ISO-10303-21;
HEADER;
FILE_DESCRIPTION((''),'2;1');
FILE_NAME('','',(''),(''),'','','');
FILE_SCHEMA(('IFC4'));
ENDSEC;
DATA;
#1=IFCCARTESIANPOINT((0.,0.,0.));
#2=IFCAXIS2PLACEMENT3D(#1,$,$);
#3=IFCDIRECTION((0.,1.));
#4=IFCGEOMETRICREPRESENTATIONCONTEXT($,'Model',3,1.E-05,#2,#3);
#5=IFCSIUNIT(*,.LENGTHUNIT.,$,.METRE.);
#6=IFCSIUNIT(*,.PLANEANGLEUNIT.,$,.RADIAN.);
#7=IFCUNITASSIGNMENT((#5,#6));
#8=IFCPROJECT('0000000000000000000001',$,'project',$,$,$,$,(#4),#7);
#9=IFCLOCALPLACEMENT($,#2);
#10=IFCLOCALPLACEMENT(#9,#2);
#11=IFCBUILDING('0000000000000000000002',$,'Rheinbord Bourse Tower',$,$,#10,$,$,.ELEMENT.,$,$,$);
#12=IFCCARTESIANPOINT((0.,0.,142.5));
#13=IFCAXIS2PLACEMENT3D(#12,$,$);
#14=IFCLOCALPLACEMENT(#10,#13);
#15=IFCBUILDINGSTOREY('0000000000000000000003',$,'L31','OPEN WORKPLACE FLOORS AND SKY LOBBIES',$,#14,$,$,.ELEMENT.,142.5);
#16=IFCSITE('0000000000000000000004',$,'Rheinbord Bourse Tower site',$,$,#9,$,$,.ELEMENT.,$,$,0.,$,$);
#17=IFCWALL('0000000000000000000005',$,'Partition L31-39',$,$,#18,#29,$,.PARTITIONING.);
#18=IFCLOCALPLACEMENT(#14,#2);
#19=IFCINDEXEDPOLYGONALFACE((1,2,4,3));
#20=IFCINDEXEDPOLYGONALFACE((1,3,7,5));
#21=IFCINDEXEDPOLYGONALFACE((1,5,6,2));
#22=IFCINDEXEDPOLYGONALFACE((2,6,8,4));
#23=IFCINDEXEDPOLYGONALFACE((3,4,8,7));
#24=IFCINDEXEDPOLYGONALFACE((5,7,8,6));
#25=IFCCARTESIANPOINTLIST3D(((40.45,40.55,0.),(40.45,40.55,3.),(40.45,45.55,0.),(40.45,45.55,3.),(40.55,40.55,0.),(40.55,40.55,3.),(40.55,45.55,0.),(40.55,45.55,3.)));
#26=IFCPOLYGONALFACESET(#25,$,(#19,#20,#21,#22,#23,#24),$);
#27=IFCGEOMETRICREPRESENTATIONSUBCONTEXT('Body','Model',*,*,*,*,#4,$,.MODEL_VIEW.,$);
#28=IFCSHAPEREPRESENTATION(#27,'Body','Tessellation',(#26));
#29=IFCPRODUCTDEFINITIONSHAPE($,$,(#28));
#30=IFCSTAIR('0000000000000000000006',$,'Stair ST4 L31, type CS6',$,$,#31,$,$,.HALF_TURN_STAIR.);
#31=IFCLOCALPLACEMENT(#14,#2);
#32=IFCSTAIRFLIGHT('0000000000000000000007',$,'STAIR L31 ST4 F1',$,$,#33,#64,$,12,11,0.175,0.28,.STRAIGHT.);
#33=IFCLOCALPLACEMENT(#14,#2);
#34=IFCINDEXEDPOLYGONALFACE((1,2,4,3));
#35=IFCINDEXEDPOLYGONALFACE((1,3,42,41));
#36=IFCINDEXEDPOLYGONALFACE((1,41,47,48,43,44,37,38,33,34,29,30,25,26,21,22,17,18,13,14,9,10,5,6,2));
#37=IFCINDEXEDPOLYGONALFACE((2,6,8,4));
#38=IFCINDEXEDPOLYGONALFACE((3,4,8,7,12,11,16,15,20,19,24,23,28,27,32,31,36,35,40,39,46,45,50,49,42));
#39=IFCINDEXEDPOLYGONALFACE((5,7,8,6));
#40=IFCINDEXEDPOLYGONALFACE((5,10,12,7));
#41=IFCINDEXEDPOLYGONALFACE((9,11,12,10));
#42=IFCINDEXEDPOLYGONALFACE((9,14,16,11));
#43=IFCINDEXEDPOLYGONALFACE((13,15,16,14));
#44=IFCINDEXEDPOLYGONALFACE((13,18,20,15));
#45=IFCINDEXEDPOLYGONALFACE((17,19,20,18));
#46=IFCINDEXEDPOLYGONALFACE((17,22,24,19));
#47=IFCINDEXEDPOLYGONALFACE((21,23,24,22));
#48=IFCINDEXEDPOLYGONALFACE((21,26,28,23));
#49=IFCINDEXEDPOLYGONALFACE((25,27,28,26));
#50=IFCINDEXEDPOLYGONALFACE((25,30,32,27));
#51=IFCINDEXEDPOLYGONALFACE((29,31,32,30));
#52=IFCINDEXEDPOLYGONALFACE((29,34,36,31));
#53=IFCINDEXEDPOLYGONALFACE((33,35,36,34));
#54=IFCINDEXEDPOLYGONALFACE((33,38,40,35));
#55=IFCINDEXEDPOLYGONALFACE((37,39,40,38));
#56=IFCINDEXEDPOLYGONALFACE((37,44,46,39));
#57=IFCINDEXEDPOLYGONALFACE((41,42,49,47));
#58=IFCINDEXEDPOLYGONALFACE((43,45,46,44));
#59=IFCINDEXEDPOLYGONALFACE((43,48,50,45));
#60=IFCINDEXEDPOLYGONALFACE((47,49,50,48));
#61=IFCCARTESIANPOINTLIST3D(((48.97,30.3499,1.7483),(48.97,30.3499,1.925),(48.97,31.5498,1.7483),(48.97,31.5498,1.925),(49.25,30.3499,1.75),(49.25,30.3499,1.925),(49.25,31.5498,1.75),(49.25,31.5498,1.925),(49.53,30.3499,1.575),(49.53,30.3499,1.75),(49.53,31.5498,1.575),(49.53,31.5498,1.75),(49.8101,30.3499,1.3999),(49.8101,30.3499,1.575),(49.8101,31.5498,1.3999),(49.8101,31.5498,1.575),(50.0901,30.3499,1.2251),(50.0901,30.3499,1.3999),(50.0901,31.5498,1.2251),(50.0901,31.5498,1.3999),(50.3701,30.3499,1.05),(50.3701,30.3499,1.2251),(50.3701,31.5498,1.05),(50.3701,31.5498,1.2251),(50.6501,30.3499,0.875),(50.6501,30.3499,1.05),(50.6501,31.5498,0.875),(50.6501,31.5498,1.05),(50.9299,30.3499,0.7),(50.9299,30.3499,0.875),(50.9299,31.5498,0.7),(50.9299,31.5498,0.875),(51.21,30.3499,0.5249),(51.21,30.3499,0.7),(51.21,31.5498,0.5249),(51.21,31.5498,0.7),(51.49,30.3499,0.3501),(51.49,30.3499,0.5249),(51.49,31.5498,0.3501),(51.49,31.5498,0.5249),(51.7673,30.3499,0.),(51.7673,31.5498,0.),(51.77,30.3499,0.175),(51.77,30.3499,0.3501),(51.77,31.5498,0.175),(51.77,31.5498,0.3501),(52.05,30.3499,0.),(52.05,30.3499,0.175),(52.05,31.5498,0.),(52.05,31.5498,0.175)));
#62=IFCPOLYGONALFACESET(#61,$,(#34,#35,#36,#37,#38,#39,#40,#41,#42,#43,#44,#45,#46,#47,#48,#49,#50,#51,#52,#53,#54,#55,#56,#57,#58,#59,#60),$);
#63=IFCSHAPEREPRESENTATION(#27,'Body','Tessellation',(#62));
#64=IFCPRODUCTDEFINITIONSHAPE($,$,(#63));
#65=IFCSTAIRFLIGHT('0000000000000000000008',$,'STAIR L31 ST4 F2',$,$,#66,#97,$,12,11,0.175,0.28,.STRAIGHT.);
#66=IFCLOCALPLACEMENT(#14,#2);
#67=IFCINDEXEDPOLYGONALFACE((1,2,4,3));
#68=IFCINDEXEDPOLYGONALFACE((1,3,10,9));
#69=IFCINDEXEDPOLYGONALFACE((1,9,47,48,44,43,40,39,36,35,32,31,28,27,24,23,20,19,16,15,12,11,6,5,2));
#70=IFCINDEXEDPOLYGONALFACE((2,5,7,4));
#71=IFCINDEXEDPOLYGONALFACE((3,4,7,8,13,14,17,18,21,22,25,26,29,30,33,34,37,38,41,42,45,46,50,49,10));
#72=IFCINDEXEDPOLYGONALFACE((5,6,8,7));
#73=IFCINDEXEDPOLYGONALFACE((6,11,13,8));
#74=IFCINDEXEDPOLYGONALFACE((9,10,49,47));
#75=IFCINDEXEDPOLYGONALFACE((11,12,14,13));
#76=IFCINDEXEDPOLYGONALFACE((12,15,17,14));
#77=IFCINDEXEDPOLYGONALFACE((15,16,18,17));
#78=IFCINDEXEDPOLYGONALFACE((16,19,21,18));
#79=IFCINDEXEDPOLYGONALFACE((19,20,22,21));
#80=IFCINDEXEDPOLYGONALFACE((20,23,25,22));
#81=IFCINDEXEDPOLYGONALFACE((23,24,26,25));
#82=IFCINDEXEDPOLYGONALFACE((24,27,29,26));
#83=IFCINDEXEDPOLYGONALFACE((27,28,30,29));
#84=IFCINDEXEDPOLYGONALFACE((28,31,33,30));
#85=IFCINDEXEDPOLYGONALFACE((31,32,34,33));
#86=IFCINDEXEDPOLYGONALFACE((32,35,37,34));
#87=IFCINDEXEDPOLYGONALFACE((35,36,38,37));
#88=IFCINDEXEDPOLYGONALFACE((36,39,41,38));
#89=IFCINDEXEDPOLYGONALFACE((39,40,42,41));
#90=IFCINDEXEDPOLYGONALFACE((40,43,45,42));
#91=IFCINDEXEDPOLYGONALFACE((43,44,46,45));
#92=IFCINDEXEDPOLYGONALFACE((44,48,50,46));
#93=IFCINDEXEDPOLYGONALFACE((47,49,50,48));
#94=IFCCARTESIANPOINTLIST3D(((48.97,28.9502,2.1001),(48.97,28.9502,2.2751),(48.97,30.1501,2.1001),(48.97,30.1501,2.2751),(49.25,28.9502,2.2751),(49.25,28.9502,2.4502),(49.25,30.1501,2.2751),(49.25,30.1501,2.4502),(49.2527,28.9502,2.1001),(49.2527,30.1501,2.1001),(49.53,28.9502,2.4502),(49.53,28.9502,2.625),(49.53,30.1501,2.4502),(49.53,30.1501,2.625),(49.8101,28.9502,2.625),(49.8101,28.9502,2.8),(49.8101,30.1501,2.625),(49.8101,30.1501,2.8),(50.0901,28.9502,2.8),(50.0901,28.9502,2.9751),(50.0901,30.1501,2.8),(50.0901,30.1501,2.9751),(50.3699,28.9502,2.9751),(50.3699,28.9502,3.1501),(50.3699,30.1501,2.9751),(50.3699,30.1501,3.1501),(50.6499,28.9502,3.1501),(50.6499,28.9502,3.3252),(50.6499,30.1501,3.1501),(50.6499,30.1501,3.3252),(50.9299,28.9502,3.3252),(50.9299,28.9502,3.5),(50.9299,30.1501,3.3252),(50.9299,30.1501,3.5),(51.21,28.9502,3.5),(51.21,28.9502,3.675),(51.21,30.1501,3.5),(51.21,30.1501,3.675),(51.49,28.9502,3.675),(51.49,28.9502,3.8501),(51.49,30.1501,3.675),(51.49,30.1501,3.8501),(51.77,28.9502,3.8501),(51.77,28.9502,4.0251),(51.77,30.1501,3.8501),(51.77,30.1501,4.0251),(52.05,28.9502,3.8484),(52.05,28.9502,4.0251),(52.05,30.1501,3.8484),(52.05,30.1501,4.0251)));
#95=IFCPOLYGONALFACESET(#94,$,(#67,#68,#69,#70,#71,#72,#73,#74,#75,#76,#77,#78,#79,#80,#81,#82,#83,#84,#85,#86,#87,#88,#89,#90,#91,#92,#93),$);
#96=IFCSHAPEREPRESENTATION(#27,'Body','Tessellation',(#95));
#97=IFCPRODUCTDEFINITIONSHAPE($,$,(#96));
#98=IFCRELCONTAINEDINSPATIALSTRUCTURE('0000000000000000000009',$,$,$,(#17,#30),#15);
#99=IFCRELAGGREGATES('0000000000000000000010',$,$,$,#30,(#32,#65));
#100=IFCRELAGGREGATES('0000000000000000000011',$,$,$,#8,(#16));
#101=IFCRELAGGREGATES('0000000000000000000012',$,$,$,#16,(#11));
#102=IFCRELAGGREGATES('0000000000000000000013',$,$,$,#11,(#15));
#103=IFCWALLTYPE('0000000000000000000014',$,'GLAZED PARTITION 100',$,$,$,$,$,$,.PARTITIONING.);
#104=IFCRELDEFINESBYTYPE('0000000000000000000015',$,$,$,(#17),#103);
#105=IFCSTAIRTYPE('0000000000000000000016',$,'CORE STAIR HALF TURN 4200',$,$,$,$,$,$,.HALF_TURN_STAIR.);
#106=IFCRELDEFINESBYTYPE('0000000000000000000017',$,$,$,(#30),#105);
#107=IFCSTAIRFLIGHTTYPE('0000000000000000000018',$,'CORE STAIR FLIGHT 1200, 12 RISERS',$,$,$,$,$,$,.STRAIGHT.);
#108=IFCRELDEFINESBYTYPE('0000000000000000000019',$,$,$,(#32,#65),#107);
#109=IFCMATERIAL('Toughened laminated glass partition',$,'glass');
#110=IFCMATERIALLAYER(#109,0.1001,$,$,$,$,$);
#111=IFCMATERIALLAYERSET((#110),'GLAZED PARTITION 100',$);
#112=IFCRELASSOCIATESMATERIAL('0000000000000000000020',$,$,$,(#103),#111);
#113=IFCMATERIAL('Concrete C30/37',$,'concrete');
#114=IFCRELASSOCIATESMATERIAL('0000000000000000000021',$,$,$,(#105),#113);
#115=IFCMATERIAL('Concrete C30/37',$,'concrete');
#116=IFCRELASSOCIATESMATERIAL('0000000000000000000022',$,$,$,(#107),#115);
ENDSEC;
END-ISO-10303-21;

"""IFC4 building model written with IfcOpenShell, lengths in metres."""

from ifc_helpers import new_model, si_unit, direction, frame, frame_2d, origin, place, context, subcontext, project, spatial, polyline, rectangle, outline, extrude, material, layer, layer_set, type_object, element, aggregate, save


model = new_model("IFC4")

# Units and contexts
model_context = context("Model", 3, precision=1e-05, world=origin(), true_north=direction((0.0, 1.0)))
body_context = subcontext(model_context, "Body", "Model", "MODEL_VIEW")
ifc_project = project(units=[si_unit("LENGTHUNIT", "METRE"), si_unit("PLANEANGLEUNIT", "RADIAN")], contexts=[model_context])

# Site, building, storey
site_placement = place(None, origin())
site = spatial("IfcSite", under=ifc_project, at=site_placement, Name="Rheinbord Bourse Tower site", CompositionType="ELEMENT", RefElevation=0.0)
building_placement = place(site_placement, origin())
building = spatial("IfcBuilding", under=site, at=building_placement, Name="Rheinbord Bourse Tower", CompositionType="ELEMENT")
storey_placement = place(building_placement, frame((0.0, 0.0, 142.5)))
storey = spatial("IfcBuildingStorey", under=building, at=storey_placement, Name="L31", Description="OPEN WORKPLACE FLOORS AND SKY LOBBIES", CompositionType="ELEMENT", Elevation=142.5)

# Shared definitions
ifc_material_1 = material(Name="Toughened laminated glass partition", Category="glass")
ifc_layer_1 = layer(ifc_material_1, 0.1001)
ifc_layer_set_1 = layer_set([ifc_layer_1], Name="GLAZED PARTITION 100")
wall_type_1 = type_object("IfcWallType", Name="GLAZED PARTITION 100", PredefinedType="PARTITIONING", material=ifc_layer_set_1)

# Wall
wall_1_placement = place(storey_placement, frame((40.5, 40.55, 0.0), z_axis=(0.0, 0.0, 1.0), x_axis=(0.0, 1.0, 0.0)))
element("IfcWall", 1, at=wall_1_placement, inside=storey, type_object=wall_type_1, Name="Partition L31-39", PredefinedType="PARTITIONING", context=body_context, shape_type="SweptSolid", body=[
    extrude(rectangle(XDim=5.0, YDim=0.1001, at=frame_2d((2.5, 0.0))), origin(), (0.0, 0.0, 1.0), 3.0),
])

# Stair, stair flights
ifc_material_2 = material(Name="Concrete C30/37", Category="concrete")
stair_type = type_object("IfcStairType", Name="CORE STAIR HALF TURN 4200", PredefinedType="HALF_TURN_STAIR", material=ifc_material_2)
stair_placement = place(storey_placement, origin())
stair = element("IfcStair", 2, at=stair_placement, inside=storey, type_object=stair_type, Name="Stair ST4 L31, type CS6", PredefinedType="HALF_TURN_STAIR")
ifc_material_3 = material(Name="Concrete C30/37", Category="concrete")
stair_flight_type = type_object("IfcStairFlightType", Name="CORE STAIR FLIGHT 1200, 12 RISERS", PredefinedType="STRAIGHT", material=ifc_material_3)
stair_flight_1_placement = place(storey_placement, frame((52.05, 30.95, 0.0), z_axis=(0.0, 0.0, 1.0), x_axis=(-1.0, 0.0, 0.0)))
stair_flight_1 = element("IfcStairFlight", 3, at=stair_flight_1_placement, type_object=stair_flight_type, Name="STAIR L31 ST4 F1", NumberOfRisers=12, NumberOfTreads=11, PredefinedType="STRAIGHT", RiserHeight=0.175, TreadLength=0.28, context=body_context, shape_type="SweptSolid", body=[
    extrude(outline(polyline([(0.0, 0.0), (0.0, 0.175), (0.28, 0.175), (0.28, 0.3501), (0.5601, 0.3501), (0.5601, 0.5249), (0.8401, 0.5249), (0.8401, 0.7), (1.1201, 0.7), (1.1201, 0.875), (1.3999, 0.875), (1.3999, 1.05), (1.6799, 1.05), (1.6799, 1.2251), (1.96, 1.2251), (1.96, 1.3999), (2.24, 1.3999), (2.24, 1.575), (2.52, 1.575), (2.52, 1.75), (2.8, 1.75), (2.8, 1.925), (3.0801, 1.925), (3.0801, 2.1001), (3.0801, 1.7483), (0.2827, 0.0), (0.0, 0.0)])), frame((0.0, 0.6001, 0.0), z_axis=(0.0, -1.0, 0.0), x_axis=(1.0, 0.0, 0.0)), (0.0, 0.0, 1.0), 1.2),
])
stair_flight_2_placement = place(storey_placement, frame((48.97, 29.55, 2.1001), z_axis=(0.0, 0.0, 1.0), x_axis=(1.0, 0.0, 0.0)))
stair_flight_2 = element("IfcStairFlight", 4, at=stair_flight_2_placement, type_object=stair_flight_type, Name="STAIR L31 ST4 F2", NumberOfRisers=12, NumberOfTreads=11, PredefinedType="STRAIGHT", RiserHeight=0.175, TreadLength=0.28, context=body_context, shape_type="SweptSolid", body=[
    extrude(outline(polyline([(0.0, 0.0), (0.0, 0.175), (0.28, 0.175), (0.28, 0.3501), (0.5601, 0.3501), (0.5601, 0.5249), (0.8401, 0.5249), (0.8401, 0.7), (1.1201, 0.7), (1.1201, 0.875), (1.3999, 0.875), (1.3999, 1.05), (1.6799, 1.05), (1.6799, 1.2251), (1.96, 1.2251), (1.96, 1.3999), (2.24, 1.3999), (2.24, 1.575), (2.52, 1.575), (2.52, 1.75), (2.8, 1.75), (2.8, 1.925), (3.0801, 1.925), (3.0801, 2.1001), (3.0801, 1.7483), (0.2827, 0.0), (0.0, 0.0)])), frame((0.0, 0.6001, 0.0), z_axis=(0.0, -1.0, 0.0), x_axis=(1.0, 0.0, 0.0)), (0.0, 0.0, 1.0), 1.2),
])
aggregate(stair, [stair_flight_1, stair_flight_2])

save(model, "model.ifc")
